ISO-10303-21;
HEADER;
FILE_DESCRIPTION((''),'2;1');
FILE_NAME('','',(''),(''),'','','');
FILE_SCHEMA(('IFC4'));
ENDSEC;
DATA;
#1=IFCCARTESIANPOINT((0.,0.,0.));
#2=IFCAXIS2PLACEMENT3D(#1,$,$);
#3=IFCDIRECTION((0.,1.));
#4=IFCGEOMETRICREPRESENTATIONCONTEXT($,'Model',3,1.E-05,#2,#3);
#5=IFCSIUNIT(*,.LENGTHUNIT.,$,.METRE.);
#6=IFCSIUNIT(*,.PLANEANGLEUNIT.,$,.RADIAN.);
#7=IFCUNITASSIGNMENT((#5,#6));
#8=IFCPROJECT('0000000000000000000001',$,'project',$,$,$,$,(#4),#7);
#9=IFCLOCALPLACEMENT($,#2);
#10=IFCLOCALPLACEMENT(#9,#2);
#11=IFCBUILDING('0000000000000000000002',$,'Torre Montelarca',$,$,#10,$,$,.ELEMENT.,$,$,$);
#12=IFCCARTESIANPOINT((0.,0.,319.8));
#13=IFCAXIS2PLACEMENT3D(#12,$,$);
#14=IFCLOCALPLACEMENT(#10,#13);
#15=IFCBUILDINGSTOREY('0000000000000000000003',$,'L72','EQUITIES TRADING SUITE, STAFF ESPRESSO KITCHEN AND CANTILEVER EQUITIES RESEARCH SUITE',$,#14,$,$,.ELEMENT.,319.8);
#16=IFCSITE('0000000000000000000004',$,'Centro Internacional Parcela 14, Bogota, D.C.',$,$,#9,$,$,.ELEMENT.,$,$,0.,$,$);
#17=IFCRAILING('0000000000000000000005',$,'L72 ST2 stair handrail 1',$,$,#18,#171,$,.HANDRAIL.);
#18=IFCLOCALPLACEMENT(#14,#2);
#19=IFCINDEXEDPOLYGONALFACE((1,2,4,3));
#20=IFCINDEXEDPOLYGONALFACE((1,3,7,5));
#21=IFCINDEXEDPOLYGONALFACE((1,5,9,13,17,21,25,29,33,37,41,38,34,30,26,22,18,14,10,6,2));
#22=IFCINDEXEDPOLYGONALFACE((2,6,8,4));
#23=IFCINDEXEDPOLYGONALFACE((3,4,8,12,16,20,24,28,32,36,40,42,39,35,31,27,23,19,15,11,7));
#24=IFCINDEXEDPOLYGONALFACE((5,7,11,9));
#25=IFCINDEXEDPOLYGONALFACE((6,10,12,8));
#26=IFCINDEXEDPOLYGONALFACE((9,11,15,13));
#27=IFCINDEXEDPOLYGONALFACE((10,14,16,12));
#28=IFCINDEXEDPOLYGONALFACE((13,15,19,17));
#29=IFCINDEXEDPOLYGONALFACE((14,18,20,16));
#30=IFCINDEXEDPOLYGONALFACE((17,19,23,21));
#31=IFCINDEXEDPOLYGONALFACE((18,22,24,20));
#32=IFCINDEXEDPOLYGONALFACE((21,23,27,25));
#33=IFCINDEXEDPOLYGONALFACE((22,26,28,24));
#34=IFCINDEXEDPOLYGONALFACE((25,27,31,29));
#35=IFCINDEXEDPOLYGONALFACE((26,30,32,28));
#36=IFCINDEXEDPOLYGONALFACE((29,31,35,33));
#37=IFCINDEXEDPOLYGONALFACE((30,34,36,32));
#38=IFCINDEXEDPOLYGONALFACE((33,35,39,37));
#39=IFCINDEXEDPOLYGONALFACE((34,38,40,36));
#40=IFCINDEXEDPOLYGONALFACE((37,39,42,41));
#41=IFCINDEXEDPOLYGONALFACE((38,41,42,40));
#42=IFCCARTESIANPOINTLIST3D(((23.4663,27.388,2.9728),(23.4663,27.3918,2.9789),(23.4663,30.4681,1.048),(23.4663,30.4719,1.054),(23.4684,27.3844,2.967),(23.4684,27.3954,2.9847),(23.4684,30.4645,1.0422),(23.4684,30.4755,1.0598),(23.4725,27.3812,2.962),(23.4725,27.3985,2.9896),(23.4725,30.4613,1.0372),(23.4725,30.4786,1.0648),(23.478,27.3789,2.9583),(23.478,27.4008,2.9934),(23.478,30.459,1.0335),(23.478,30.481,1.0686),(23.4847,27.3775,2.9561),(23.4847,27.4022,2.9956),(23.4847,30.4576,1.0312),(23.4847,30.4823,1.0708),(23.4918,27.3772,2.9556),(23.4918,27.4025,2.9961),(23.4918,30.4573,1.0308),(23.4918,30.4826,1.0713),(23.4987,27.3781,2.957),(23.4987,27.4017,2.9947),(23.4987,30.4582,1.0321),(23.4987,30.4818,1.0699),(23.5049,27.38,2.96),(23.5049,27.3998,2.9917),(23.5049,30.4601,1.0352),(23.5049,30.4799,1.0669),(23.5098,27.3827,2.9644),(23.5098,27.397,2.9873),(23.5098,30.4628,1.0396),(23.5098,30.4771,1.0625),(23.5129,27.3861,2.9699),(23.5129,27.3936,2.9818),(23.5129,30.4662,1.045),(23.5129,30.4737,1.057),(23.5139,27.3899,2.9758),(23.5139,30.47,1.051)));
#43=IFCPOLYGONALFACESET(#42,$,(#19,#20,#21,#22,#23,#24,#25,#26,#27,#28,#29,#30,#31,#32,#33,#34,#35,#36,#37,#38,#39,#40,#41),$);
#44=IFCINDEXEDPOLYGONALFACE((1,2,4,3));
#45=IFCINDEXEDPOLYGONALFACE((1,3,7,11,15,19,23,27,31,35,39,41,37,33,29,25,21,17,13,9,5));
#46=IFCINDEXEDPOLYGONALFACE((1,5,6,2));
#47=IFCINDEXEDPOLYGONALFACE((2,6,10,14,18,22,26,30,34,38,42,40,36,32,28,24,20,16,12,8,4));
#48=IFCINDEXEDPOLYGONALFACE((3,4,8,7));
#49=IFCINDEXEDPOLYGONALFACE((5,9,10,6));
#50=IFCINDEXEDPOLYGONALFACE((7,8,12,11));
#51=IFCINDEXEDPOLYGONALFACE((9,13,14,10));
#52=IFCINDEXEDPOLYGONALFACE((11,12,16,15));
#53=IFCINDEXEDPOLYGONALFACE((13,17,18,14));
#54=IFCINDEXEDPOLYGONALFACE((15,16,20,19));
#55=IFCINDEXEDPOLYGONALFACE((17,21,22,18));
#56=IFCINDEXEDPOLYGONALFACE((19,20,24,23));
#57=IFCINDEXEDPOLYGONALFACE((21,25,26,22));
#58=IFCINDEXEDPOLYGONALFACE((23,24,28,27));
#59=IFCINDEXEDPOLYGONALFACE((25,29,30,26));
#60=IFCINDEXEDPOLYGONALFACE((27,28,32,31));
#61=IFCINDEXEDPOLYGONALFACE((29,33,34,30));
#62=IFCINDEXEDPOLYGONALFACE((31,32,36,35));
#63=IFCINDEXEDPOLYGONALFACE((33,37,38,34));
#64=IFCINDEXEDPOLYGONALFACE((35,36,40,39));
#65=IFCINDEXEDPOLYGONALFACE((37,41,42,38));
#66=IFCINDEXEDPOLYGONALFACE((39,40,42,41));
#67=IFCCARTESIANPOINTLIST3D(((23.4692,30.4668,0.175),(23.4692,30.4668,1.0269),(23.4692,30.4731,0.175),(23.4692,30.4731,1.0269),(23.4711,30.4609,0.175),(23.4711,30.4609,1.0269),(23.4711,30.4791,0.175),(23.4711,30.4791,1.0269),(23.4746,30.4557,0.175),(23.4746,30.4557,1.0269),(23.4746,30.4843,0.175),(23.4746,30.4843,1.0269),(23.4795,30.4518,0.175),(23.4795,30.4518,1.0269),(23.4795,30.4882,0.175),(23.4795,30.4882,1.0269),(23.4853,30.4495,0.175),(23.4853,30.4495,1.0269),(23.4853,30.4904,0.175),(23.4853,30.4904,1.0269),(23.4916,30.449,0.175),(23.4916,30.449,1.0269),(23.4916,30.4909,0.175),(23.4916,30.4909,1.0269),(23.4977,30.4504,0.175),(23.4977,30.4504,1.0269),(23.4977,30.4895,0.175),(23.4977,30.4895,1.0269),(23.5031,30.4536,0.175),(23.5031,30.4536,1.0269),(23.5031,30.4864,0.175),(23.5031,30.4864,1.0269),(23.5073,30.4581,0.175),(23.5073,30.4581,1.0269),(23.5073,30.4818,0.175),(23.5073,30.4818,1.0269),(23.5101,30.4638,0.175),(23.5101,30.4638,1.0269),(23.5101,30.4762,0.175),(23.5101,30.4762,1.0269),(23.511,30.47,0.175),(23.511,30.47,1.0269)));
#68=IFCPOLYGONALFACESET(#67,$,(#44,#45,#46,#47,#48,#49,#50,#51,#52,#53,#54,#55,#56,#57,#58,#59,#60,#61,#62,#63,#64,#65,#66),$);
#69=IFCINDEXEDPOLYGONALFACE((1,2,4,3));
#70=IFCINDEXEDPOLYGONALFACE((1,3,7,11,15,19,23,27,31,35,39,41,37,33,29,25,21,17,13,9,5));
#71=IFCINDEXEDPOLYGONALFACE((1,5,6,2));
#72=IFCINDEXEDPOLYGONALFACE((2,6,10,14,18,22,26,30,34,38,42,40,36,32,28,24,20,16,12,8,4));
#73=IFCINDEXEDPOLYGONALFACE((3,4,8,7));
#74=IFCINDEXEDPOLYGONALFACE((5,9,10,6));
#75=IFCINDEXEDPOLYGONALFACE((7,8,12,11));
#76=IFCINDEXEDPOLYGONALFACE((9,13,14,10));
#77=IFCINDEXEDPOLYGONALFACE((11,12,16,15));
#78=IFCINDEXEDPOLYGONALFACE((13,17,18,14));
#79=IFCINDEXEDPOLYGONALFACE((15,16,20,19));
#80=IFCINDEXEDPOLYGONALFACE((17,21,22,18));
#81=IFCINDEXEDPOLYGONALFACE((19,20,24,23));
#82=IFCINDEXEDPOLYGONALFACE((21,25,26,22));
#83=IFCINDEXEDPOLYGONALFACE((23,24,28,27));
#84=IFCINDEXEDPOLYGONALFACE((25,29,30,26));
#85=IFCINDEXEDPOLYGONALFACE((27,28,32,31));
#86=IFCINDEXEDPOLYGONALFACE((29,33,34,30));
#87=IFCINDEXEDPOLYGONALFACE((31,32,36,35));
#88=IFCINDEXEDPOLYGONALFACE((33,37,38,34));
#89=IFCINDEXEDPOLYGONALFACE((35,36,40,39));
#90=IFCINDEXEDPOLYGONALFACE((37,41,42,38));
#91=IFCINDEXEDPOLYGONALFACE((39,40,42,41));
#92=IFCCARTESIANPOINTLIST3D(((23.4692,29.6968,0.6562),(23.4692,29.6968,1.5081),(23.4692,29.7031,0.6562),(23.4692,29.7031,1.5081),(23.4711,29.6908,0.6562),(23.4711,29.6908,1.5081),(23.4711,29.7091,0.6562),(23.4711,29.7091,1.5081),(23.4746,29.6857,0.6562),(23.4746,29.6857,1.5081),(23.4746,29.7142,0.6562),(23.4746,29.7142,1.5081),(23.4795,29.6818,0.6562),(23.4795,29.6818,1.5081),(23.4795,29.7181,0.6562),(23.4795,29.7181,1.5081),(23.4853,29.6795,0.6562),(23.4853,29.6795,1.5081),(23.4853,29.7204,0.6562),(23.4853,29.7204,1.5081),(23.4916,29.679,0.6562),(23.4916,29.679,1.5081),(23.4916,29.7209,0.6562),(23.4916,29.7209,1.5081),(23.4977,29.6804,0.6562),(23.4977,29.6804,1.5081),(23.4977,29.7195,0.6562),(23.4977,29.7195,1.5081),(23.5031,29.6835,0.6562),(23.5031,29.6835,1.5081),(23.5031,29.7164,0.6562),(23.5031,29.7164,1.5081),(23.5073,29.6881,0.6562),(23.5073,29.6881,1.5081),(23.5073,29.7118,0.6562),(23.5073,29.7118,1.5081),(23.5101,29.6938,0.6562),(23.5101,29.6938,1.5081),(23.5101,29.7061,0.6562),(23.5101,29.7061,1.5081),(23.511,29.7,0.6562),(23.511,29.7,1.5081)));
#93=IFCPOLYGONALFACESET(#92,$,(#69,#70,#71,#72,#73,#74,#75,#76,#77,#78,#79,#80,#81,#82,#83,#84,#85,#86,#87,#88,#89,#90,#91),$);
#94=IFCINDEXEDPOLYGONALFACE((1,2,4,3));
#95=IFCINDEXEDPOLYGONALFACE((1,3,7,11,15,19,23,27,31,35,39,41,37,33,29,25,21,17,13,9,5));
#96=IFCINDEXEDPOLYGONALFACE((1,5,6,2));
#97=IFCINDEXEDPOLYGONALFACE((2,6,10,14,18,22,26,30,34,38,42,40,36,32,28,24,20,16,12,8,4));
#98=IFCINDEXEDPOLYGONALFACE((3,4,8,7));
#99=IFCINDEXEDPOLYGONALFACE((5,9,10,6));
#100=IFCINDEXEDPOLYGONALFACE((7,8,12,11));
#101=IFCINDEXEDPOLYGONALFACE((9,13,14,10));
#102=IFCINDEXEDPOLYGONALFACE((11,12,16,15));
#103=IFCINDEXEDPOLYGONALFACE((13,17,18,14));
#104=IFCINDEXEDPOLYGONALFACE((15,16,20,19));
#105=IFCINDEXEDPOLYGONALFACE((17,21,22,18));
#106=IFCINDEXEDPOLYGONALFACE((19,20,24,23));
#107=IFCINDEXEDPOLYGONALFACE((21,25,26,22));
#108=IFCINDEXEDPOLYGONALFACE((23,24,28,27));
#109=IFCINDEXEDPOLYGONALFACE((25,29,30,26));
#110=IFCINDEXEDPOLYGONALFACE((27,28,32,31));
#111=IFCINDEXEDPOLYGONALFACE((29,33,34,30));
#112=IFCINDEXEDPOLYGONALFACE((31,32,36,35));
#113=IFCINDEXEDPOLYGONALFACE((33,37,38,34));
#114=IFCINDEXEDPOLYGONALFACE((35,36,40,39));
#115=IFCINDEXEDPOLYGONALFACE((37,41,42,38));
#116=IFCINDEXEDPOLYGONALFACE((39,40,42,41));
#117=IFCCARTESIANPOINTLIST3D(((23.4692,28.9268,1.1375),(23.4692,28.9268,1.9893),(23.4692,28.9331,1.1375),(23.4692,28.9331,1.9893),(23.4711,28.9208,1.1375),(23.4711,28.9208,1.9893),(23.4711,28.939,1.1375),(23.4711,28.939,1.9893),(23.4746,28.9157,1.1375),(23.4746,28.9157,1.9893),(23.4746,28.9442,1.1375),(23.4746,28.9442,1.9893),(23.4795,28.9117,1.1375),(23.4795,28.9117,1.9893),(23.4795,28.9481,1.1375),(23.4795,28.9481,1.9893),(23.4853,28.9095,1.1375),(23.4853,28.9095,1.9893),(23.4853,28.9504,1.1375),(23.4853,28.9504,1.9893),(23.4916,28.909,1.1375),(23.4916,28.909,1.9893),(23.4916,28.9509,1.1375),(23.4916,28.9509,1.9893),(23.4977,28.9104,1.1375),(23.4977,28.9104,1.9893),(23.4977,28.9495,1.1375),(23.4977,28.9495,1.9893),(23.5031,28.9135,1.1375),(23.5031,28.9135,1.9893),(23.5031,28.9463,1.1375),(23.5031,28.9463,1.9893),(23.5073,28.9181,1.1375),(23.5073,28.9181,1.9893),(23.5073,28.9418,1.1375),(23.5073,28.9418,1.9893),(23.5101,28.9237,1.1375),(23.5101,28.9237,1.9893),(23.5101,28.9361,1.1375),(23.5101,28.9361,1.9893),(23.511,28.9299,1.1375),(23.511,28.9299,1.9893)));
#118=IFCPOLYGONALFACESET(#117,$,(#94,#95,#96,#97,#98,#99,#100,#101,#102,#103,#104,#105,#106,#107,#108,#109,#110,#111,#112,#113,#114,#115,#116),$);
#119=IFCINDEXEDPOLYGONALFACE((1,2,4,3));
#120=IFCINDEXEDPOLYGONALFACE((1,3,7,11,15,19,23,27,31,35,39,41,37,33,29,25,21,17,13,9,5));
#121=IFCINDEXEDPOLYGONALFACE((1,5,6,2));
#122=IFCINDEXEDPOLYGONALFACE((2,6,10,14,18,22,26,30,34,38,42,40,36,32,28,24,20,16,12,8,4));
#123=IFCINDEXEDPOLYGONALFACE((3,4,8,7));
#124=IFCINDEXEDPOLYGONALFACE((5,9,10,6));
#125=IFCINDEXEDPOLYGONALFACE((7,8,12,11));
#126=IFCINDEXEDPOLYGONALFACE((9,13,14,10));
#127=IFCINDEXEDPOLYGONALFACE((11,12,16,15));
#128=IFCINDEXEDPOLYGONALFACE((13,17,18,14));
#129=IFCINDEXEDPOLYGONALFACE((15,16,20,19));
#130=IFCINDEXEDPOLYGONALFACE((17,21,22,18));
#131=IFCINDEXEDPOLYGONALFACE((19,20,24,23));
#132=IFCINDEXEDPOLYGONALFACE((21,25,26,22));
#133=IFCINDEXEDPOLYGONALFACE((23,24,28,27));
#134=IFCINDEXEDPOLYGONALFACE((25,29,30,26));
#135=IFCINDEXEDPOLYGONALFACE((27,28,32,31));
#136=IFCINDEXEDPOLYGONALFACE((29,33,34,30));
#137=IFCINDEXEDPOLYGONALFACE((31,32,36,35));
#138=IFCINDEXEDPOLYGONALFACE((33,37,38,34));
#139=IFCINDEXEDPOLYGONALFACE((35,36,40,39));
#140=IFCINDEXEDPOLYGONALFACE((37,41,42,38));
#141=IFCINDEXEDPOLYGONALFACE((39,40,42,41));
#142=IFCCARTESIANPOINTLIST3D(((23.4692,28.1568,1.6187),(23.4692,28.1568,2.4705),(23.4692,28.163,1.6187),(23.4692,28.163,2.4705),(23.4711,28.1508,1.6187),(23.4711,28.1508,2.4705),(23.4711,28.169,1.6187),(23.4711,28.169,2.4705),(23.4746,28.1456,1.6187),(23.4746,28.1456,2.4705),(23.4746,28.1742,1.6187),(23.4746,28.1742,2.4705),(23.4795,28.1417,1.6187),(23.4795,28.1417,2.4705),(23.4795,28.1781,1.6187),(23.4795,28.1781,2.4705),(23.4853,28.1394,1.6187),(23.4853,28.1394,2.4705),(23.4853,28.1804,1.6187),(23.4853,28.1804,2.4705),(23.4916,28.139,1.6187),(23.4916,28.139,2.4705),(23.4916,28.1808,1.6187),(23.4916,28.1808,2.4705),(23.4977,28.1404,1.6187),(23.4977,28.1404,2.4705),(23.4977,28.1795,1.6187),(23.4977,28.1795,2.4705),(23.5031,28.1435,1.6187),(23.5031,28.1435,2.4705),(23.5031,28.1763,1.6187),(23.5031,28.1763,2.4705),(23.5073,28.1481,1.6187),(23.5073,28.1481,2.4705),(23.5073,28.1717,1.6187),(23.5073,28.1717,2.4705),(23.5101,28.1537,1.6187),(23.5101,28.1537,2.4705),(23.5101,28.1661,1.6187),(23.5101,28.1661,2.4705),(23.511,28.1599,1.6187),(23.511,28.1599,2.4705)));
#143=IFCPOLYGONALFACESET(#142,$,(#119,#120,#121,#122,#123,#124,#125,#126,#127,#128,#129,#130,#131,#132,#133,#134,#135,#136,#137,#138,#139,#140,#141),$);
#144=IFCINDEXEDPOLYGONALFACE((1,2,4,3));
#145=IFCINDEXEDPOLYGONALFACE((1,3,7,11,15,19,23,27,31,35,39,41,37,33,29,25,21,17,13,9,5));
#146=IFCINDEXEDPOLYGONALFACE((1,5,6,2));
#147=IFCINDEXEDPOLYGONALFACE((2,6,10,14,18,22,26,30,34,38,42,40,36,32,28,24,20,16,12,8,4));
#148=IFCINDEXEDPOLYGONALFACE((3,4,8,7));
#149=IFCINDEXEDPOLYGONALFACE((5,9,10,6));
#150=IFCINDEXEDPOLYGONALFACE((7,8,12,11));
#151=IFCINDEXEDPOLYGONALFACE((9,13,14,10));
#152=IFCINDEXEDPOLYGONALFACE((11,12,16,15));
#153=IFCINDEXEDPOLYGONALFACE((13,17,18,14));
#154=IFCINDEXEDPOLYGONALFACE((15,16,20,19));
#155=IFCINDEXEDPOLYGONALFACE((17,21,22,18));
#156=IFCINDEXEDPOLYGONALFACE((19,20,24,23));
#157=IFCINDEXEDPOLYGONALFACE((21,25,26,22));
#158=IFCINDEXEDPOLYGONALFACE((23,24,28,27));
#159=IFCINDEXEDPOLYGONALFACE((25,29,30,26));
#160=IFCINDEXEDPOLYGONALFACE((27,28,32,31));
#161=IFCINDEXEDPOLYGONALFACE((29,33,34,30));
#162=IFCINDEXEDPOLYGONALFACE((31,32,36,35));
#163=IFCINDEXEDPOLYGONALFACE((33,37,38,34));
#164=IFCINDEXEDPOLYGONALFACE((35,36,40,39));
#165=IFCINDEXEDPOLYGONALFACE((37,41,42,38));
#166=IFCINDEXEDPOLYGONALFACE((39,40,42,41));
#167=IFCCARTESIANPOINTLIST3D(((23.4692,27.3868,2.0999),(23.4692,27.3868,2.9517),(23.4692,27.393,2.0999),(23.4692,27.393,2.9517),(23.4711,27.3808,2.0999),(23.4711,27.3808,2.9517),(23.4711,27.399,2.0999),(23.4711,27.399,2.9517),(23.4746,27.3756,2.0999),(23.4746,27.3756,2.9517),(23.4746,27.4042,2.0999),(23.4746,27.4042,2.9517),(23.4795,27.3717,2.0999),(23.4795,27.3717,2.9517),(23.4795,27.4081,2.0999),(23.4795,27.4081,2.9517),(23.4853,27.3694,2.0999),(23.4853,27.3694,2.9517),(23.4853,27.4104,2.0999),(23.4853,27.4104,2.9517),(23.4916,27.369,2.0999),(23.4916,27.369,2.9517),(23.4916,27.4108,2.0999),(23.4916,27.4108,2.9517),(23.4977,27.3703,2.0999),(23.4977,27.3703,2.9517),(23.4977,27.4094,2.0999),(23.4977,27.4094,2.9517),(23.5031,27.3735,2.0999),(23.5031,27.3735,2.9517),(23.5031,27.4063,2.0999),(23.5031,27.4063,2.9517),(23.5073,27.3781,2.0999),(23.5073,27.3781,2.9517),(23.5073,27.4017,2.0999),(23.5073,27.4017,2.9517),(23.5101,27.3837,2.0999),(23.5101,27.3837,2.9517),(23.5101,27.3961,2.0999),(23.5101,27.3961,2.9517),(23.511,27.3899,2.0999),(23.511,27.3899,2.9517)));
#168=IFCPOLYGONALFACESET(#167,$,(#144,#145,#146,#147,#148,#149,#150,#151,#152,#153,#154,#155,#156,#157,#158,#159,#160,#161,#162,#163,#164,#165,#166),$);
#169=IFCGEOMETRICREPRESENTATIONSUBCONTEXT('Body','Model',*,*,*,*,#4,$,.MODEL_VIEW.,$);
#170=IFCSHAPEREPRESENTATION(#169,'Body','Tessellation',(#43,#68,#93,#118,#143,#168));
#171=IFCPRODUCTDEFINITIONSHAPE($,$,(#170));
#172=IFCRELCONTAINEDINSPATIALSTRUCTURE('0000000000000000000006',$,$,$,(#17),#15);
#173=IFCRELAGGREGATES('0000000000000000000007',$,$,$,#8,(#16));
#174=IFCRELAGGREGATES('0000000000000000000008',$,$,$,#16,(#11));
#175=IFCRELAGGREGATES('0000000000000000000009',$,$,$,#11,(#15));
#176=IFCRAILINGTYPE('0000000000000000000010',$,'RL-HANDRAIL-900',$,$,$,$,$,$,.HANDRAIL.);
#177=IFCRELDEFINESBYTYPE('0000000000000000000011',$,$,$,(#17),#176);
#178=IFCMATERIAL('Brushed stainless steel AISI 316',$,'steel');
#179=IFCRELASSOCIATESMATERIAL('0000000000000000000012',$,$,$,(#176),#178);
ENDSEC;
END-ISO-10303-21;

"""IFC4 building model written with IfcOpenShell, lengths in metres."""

from ifc_helpers import new_model, si_unit, direction, frame, origin, origin_2d, place, context, subcontext, project, spatial, circle, extrude, material, type_object, element, save


model = new_model("IFC4")

# Units and contexts
model_context = context("Model", 3, precision=1e-05, world=origin(), true_north=direction((0.0, 1.0)))
body_context = subcontext(model_context, "Body", "Model", "MODEL_VIEW")
ifc_project = project(units=[si_unit("LENGTHUNIT", "METRE"), si_unit("PLANEANGLEUNIT", "RADIAN")], contexts=[model_context])

# Site, building, storey
site_placement = place(None, origin())
site = spatial("IfcSite", under=ifc_project, at=site_placement, Name="Centro Internacional Parcela 14, Bogota, D.C.", CompositionType="ELEMENT", RefElevation=0.0)
building_placement = place(site_placement, origin())
building = spatial("IfcBuilding", under=site, at=building_placement, Name="Torre Montelarca", CompositionType="ELEMENT")
storey_placement = place(building_placement, frame((0.0, 0.0, 319.8)))
storey = spatial("IfcBuildingStorey", under=building, at=storey_placement, Name="L72", Description="EQUITIES TRADING SUITE, STAFF ESPRESSO KITCHEN AND CANTILEVER EQUITIES RESEARCH SUITE", CompositionType="ELEMENT", Elevation=319.8)

# Railing
ifc_material_1 = material(Name="Brushed stainless steel AISI 316", Category="steel")
railing_type_1 = type_object("IfcRailingType", Name="RL-HANDRAIL-900", PredefinedType="HANDRAIL", material=ifc_material_1)
railing_1_placement = place(storey_placement, frame((23.49, 30.47, 0.175)))
element("IfcRailing", 1, at=railing_1_placement, inside=storey, type_object=railing_type_1, Name="L72 ST2 stair handrail 1", PredefinedType="HANDRAIL", context=body_context, shape_type="SweptSolid", body=[
    extrude(circle(Radius=0.0239, at=origin_2d()), frame((0.0, 0.0, 0.876), z_axis=(0.0, -0.848029, 0.529951), x_axis=(1.0, 0.0, 0.0)), (0.0, 0.0, 1.0), 3.6321),
    extrude(circle(Radius=0.021, at=origin_2d()), origin(), (0.0, 0.0, 1.0), 0.8518),
    extrude(circle(Radius=0.021, at=origin_2d()), frame((0.0, -0.77, 0.4812)), (0.0, 0.0, 1.0), 0.8518),
    extrude(circle(Radius=0.021, at=origin_2d()), frame((0.0, -1.54, 0.9624)), (0.0, 0.0, 1.0), 0.8518),
    extrude(circle(Radius=0.021, at=origin_2d()), frame((0.0, -2.3101, 1.4436)), (0.0, 0.0, 1.0), 0.8518),
    extrude(circle(Radius=0.021, at=origin_2d()), frame((0.0, -3.0801, 1.9248)), (0.0, 0.0, 1.0), 0.8518),
])

save(model, "model.ifc")
